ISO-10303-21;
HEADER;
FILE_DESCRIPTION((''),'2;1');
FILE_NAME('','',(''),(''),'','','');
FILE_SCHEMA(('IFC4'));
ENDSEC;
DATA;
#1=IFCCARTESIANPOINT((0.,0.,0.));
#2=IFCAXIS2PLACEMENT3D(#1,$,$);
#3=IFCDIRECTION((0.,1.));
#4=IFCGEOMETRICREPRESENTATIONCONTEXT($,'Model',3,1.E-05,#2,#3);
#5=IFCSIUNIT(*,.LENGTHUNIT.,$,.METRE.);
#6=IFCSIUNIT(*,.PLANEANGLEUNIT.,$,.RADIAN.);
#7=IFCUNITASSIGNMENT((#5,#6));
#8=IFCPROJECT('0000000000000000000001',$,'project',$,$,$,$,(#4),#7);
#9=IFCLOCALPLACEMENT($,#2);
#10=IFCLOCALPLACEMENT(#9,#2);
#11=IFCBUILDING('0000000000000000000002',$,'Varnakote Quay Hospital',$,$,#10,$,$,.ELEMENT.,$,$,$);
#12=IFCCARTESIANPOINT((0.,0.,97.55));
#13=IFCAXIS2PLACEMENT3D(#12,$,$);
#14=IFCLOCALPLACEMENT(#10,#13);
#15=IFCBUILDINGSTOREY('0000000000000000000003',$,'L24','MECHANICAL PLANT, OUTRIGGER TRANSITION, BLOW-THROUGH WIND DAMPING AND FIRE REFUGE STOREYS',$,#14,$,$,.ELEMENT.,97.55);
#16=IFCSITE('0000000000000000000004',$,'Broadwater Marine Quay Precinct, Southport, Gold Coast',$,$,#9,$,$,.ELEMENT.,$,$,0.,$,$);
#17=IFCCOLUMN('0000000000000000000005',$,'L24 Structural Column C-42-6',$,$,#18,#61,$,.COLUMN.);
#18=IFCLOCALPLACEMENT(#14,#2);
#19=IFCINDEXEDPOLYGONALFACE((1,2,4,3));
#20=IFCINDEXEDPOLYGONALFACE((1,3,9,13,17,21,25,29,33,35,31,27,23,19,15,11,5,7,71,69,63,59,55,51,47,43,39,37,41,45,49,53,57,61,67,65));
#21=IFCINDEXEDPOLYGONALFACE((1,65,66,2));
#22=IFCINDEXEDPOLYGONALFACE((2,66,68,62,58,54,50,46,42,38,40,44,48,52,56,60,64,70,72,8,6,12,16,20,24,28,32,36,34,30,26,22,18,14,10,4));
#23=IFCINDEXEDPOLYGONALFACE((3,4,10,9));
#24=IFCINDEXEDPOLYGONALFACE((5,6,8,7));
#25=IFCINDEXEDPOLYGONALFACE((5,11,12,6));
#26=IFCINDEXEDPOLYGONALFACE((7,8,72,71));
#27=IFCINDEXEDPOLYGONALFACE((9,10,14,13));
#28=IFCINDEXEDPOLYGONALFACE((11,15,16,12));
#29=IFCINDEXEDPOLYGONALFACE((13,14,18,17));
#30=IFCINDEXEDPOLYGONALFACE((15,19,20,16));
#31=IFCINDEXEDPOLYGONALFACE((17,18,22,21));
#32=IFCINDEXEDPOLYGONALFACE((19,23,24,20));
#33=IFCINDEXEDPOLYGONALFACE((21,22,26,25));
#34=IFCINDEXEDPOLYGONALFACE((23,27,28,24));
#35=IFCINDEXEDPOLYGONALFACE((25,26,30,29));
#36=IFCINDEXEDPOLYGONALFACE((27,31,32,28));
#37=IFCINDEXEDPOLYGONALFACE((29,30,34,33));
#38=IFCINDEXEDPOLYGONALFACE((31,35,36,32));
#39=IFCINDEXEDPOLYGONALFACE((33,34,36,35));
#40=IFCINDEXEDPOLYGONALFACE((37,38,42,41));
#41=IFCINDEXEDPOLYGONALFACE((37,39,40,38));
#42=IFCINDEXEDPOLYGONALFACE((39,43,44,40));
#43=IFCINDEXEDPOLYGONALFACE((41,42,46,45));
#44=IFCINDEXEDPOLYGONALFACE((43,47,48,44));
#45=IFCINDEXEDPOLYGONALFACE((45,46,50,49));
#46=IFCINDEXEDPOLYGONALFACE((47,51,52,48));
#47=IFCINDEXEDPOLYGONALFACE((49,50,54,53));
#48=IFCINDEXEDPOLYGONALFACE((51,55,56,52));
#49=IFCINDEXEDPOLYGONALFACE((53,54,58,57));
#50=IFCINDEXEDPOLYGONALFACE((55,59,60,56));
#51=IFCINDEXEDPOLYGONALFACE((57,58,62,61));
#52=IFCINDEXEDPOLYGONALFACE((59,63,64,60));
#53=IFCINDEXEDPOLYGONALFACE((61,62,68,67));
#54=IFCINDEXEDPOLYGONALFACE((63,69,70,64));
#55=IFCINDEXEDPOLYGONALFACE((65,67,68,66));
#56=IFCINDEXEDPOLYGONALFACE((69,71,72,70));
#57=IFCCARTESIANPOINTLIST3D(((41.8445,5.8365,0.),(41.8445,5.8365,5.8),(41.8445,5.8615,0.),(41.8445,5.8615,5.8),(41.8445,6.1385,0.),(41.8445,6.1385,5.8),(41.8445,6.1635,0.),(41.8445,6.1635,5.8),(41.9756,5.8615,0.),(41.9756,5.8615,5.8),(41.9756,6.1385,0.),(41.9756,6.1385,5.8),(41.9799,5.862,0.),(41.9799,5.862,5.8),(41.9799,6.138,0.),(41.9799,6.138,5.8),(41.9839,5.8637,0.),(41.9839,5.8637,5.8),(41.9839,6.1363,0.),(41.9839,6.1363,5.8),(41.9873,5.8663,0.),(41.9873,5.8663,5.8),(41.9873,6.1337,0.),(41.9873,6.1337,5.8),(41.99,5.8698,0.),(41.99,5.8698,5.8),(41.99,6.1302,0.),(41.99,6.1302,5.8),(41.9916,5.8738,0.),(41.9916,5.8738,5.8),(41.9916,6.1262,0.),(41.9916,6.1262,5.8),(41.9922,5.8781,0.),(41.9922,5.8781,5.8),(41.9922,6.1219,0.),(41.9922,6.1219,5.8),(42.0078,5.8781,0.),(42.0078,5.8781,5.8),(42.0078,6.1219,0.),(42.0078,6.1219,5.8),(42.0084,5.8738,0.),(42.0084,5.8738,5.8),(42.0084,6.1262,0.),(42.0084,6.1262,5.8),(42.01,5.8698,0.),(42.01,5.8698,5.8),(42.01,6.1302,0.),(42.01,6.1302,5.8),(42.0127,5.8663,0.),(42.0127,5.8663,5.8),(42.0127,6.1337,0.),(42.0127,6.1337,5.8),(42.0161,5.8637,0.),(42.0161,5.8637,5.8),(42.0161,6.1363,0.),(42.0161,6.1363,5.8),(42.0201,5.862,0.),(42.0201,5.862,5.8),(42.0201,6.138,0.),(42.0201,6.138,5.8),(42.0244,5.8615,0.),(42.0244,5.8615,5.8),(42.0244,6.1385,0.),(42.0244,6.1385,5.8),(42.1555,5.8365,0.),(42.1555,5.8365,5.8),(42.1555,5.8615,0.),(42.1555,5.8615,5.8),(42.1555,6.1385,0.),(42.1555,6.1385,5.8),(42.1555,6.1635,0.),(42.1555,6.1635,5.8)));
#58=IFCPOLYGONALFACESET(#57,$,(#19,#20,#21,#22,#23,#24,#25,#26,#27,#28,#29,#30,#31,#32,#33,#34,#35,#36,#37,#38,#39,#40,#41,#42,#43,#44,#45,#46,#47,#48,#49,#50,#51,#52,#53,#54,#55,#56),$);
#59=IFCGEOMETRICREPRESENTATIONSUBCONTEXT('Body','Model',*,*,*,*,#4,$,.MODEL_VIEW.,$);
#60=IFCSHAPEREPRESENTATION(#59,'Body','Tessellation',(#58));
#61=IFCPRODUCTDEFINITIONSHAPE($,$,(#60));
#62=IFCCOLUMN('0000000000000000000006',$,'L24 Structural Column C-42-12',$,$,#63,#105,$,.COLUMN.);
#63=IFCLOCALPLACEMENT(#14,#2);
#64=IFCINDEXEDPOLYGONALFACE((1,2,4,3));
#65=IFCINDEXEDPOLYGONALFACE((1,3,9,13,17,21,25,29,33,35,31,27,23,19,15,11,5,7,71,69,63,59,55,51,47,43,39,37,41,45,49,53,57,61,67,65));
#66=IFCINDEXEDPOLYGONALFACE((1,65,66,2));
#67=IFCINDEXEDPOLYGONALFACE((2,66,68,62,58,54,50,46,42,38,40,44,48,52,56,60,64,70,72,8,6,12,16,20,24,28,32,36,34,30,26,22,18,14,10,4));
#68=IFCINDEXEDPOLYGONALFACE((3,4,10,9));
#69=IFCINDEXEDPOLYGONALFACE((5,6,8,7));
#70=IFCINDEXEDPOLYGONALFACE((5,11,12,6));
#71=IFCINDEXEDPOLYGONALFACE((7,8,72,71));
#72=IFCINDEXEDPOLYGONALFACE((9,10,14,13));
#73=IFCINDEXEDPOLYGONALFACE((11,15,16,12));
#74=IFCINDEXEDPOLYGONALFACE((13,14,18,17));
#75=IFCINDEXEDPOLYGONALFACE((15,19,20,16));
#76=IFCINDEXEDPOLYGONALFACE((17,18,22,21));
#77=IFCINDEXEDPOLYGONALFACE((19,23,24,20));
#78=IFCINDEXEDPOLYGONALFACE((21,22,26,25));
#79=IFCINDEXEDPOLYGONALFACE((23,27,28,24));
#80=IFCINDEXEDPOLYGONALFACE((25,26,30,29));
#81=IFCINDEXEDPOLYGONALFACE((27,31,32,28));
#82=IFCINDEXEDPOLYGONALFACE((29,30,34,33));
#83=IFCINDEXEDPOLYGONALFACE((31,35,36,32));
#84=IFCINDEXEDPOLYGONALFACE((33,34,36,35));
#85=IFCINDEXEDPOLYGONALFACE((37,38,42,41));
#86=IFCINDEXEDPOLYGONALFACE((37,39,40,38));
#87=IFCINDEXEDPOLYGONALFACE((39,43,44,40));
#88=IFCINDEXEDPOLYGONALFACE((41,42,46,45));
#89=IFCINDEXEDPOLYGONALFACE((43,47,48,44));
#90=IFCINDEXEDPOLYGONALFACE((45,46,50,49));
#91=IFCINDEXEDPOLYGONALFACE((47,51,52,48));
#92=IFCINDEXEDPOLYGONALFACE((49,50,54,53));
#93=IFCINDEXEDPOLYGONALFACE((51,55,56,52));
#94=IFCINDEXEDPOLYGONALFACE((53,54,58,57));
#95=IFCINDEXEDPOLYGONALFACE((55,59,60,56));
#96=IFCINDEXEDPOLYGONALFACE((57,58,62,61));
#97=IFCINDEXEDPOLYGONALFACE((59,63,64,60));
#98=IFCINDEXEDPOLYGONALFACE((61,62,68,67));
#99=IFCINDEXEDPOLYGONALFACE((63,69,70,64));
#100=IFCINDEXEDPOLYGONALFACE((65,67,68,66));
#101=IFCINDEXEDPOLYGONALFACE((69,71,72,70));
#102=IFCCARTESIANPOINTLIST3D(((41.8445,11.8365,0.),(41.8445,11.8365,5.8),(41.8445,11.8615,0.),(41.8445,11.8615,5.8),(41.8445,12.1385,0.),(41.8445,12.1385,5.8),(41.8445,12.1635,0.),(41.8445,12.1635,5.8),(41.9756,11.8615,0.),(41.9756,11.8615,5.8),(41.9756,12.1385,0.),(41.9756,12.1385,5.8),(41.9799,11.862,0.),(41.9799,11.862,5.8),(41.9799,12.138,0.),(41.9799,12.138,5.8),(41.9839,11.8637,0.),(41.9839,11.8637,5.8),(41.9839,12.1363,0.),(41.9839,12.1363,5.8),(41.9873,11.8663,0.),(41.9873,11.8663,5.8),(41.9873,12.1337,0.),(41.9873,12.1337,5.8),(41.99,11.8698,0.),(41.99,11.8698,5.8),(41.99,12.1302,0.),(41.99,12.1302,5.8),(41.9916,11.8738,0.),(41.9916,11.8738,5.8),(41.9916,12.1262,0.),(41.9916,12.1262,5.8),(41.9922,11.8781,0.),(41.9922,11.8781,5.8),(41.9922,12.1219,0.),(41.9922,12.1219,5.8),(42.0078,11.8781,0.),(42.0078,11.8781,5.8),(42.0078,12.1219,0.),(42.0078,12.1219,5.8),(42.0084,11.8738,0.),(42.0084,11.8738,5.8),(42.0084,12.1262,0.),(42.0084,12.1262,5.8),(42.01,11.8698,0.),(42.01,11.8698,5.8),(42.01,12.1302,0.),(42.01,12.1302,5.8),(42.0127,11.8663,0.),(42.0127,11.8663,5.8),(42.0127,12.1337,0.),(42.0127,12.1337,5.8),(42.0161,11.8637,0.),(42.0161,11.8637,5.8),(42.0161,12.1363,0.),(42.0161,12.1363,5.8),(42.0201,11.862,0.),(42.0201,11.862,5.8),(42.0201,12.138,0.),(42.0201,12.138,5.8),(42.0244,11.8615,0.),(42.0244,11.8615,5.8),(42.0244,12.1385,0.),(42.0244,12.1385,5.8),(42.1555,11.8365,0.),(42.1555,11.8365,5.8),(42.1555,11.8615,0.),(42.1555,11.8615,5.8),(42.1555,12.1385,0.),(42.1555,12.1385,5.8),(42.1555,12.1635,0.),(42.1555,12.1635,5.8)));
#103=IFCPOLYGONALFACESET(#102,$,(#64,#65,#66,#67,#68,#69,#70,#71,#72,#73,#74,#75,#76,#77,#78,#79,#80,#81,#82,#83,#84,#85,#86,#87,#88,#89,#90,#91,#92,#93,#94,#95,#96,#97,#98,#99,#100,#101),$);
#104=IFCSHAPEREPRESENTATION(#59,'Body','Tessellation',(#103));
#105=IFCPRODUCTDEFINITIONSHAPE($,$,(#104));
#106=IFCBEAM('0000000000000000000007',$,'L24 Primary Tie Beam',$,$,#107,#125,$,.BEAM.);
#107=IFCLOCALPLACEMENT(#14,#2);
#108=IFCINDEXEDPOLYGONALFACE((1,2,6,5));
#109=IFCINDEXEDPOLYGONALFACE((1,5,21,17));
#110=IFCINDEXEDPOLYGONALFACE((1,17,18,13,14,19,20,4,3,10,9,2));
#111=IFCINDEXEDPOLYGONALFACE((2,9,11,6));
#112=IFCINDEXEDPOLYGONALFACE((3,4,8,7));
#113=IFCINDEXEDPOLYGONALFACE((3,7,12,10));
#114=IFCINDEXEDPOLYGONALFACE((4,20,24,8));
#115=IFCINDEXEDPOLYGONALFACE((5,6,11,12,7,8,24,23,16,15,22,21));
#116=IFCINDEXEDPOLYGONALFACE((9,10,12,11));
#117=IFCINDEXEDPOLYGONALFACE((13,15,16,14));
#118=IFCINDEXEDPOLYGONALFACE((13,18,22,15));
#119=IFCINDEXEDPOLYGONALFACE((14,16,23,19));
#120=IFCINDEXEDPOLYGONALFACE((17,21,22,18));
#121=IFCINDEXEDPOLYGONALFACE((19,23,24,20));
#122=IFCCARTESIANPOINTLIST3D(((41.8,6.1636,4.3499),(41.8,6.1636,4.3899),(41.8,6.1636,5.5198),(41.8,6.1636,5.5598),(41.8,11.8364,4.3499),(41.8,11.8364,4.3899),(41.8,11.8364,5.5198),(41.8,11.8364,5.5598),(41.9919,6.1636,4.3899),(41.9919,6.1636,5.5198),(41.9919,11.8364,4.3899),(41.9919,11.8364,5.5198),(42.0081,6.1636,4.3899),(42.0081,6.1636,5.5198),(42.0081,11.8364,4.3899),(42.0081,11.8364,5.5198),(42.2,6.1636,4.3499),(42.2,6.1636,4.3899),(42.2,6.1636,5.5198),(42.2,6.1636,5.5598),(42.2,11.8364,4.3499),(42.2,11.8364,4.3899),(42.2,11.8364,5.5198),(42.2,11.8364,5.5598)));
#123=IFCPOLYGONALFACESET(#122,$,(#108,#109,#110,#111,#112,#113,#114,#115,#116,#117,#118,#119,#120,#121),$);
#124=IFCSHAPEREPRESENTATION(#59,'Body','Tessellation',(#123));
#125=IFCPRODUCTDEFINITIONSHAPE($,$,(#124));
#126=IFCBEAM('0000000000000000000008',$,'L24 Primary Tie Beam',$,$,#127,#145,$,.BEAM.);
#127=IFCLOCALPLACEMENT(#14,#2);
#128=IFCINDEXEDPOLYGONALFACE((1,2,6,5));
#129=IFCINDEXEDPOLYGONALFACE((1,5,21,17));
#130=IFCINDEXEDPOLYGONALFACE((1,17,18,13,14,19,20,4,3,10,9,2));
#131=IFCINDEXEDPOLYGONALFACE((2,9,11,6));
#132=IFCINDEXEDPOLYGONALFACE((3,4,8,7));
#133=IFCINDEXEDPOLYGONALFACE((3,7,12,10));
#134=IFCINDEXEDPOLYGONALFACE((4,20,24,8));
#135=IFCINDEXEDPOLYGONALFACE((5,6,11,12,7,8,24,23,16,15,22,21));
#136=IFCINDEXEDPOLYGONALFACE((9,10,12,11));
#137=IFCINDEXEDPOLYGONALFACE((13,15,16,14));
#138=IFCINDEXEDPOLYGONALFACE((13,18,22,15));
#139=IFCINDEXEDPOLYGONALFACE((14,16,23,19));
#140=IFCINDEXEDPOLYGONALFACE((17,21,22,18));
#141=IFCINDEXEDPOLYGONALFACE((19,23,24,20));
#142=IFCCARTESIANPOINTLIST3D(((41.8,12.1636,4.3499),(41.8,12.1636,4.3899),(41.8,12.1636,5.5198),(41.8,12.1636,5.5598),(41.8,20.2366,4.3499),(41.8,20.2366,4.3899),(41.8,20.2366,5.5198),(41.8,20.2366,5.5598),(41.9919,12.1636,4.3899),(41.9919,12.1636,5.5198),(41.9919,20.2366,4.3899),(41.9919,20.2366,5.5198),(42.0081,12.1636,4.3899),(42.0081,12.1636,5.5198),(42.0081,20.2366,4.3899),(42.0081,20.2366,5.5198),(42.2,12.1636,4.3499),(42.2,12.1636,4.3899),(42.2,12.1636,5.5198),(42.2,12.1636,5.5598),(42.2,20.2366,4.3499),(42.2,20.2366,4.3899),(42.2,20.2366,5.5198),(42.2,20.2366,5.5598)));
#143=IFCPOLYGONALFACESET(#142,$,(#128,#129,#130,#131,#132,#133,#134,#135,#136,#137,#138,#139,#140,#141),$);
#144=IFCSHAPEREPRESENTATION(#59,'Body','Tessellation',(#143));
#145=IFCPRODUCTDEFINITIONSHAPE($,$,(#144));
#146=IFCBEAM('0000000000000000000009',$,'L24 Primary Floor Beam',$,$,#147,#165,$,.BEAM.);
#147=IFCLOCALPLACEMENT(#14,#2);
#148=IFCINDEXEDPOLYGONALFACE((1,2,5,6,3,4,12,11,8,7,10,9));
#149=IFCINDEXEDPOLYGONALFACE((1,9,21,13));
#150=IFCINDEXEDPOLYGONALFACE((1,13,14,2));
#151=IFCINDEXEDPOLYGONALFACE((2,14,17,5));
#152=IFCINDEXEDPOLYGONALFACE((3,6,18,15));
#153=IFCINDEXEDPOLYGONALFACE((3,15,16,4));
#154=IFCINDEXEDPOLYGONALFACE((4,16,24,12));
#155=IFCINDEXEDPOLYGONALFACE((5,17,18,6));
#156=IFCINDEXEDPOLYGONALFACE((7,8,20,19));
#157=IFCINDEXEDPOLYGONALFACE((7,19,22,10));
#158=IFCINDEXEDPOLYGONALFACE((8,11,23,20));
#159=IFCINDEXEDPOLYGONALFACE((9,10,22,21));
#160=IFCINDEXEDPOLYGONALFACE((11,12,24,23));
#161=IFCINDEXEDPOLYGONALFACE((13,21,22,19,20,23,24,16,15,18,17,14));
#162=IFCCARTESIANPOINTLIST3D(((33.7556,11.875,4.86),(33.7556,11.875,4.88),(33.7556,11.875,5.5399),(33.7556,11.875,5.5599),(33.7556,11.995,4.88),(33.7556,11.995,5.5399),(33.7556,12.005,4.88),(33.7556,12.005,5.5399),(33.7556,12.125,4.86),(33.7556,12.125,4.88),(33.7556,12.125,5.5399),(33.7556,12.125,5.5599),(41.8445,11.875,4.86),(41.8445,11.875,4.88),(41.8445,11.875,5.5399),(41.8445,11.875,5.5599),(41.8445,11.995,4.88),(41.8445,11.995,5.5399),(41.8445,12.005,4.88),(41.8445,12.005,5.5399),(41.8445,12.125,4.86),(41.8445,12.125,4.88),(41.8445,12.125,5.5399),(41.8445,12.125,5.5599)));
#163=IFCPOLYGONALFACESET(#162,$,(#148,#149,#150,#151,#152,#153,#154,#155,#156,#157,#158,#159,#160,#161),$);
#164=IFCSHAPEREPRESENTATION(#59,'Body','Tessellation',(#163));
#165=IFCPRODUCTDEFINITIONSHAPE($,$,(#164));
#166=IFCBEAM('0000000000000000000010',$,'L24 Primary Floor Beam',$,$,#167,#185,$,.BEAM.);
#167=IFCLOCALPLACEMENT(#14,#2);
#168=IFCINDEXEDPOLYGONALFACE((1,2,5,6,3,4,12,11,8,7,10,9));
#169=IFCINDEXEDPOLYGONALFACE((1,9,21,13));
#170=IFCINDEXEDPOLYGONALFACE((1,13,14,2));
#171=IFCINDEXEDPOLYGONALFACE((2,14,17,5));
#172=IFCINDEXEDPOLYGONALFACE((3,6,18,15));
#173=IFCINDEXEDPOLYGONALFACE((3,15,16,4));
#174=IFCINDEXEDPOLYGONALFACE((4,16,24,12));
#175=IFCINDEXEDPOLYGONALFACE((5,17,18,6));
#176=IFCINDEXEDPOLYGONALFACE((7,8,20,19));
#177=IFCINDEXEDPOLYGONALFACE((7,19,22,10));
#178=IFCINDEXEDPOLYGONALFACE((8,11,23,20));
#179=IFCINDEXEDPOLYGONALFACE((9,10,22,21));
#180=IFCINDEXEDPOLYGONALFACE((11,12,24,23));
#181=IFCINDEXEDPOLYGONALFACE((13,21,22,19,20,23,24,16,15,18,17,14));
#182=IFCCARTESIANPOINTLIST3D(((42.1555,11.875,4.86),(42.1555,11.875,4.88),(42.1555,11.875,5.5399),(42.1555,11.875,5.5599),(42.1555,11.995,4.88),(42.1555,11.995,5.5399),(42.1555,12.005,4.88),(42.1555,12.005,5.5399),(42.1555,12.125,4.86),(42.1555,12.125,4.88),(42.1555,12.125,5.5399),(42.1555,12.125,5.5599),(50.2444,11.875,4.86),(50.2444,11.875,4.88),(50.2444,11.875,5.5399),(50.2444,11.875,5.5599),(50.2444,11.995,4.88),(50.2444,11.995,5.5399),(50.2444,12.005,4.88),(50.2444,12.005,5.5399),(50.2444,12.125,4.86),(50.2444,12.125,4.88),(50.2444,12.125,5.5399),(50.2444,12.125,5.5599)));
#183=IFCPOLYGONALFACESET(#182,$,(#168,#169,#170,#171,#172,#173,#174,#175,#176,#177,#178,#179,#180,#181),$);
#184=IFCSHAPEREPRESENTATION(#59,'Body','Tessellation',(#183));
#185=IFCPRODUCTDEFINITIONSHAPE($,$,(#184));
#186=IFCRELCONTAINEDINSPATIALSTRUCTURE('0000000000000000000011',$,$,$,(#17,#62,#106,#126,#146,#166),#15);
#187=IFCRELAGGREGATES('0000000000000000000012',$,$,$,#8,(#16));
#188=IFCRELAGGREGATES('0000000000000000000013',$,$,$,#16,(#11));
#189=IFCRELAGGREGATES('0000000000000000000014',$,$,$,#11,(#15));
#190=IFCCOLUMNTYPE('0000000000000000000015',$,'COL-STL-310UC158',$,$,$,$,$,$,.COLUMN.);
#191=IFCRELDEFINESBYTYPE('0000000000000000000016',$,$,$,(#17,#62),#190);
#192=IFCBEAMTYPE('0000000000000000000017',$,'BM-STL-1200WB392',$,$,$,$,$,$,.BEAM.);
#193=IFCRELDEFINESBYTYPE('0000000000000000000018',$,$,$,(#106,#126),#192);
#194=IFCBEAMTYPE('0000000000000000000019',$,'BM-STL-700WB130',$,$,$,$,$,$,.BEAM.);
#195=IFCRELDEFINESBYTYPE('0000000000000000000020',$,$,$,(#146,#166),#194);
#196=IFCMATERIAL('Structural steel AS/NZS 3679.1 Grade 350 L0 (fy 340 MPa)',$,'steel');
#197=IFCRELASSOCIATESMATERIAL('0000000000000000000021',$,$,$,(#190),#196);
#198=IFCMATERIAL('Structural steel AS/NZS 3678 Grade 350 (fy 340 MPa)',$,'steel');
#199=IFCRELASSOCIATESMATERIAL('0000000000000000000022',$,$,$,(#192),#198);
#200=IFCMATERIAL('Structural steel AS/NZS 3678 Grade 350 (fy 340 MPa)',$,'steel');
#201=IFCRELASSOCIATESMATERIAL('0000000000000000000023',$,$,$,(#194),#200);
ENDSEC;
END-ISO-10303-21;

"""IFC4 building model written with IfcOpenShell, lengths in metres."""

from ifc_helpers import new_model, si_unit, direction, frame, origin, origin_2d, place, context, subcontext, project, spatial, i_section, extrude, material, material_profile, profile_set, type_object, element, save


model = new_model("IFC4")

# Units and contexts
model_context = context("Model", 3, precision=1e-05, world=origin(), true_north=direction((0.0, 1.0)))
body_context = subcontext(model_context, "Body", "Model", "MODEL_VIEW")
ifc_project = project(units=[si_unit("LENGTHUNIT", "METRE"), si_unit("PLANEANGLEUNIT", "RADIAN")], contexts=[model_context])

# Site, building, storey
site_placement = place(None, origin())
site = spatial("IfcSite", under=ifc_project, at=site_placement, Name="Broadwater Marine Quay Precinct, Southport, Gold Coast", CompositionType="ELEMENT", RefElevation=0.0)
building_placement = place(site_placement, origin())
building = spatial("IfcBuilding", under=site, at=building_placement, Name="Varnakote Quay Hospital", CompositionType="ELEMENT")
storey_placement = place(building_placement, frame((0.0, 0.0, 97.55)))
storey = spatial("IfcBuildingStorey", under=building, at=storey_placement, Name="L24", Description="MECHANICAL PLANT, OUTRIGGER TRANSITION, BLOW-THROUGH WIND DAMPING AND FIRE REFUGE STOREYS", CompositionType="ELEMENT", Elevation=97.55)

# Columns
ifc_material_1 = material(Name="Structural steel AS/NZS 3679.1 Grade 350 L0 (fy 340 MPa)", Category="steel")
ifc_material_profile_1 = material_profile(ifc_material_1, i_section(OverallWidth=0.311, OverallDepth=0.3269, WebThickness=0.0156, FlangeThickness=0.0249, FilletRadius=0.0166, at=origin_2d()), Name="310UC158")
ifc_profile_set_1 = profile_set([ifc_material_profile_1], Name="Structural steel AS/NZS 3679.1 Grade 350 L0 (fy 340 MPa)")
column_type = type_object("IfcColumnType", Name="COL-STL-310UC158", PredefinedType="COLUMN", material=ifc_profile_set_1)
for number, where, z_axis, x_axis, name in (
    (1, (42.0, 6.0, 0.0), (0.0, 0.0, 1.0), (1.0, 0.0, 0.0), "L24 Structural Column C-42-6"),
    (2, (42.0, 12.0, 0.0), (0.0, 0.0, 1.0), (1.0, 0.0, 0.0), "L24 Structural Column C-42-12"),
):
    element("IfcColumn", number, at=place(storey_placement, frame(where, z_axis=z_axis, x_axis=x_axis)), inside=storey, type_object=column_type, Name=name, PredefinedType="COLUMN", context=body_context, shape_type="SweptSolid", body=[
        extrude(i_section(OverallWidth=0.311, OverallDepth=0.3269, WebThickness=0.0156, FlangeThickness=0.0249, FilletRadius=0.0166, at=origin_2d()), origin(), (0.0, 0.0, 1.0), 5.8),
    ])

# Beams
ifc_material_2 = material(Name="Structural steel AS/NZS 3678 Grade 350 (fy 340 MPa)", Category="steel")
ifc_material_profile_2 = material_profile(ifc_material_2, i_section(OverallWidth=0.3999, OverallDepth=1.21, WebThickness=0.0161, FlangeThickness=0.04, at=origin_2d()), Name="1200WB392")
ifc_profile_set_2 = profile_set([ifc_material_profile_2], Name="Structural steel AS/NZS 3678 Grade 350 (fy 340 MPa)")
beam_type_1 = type_object("IfcBeamType", Name="BM-STL-1200WB392", PredefinedType="BEAM", material=ifc_profile_set_2)
beam_1_placement = place(storey_placement, frame((42.0, 6.1636, 4.9548), z_axis=(0.0, 1.0, 0.0), x_axis=(-1.0, 0.0, 0.0)))
element("IfcBeam", 3, at=beam_1_placement, inside=storey, type_object=beam_type_1, Name="L24 Primary Tie Beam", PredefinedType="BEAM", context=body_context, shape_type="SweptSolid", body=[
    extrude(i_section(OverallWidth=0.3999, OverallDepth=1.21, WebThickness=0.0161, FlangeThickness=0.04, at=origin_2d()), origin(), (0.0, 0.0, 1.0), 5.6729),
])
beam_2_placement = place(storey_placement, frame((42.0, 12.1636, 4.9548), z_axis=(0.0, 1.0, 0.0), x_axis=(-1.0, 0.0, 0.0)))
element("IfcBeam", 4, at=beam_2_placement, inside=storey, type_object=beam_type_1, Name="L24 Primary Tie Beam", PredefinedType="BEAM", context=body_context, shape_type="SweptSolid", body=[
    extrude(i_section(OverallWidth=0.3999, OverallDepth=1.21, WebThickness=0.0161, FlangeThickness=0.04, at=origin_2d()), origin(), (0.0, 0.0, 1.0), 8.073),
])
ifc_material_3 = material(Name="Structural steel AS/NZS 3678 Grade 350 (fy 340 MPa)", Category="steel")
ifc_material_profile_3 = material_profile(ifc_material_3, i_section(OverallWidth=0.25, OverallDepth=0.7, WebThickness=0.01, FlangeThickness=0.02, at=origin_2d()), Name="700WB130")
ifc_profile_set_3 = profile_set([ifc_material_profile_3], Name="Structural steel AS/NZS 3678 Grade 350 (fy 340 MPa)")
beam_type_2 = type_object("IfcBeamType", Name="BM-STL-700WB130", PredefinedType="BEAM", material=ifc_profile_set_3)
for number, where, z_axis, x_axis, name in (
    (5, (33.7556, 12.0, 5.21), (1.0, 0.0, 0.0), (0.0, 1.0, 0.0), "L24 Primary Floor Beam"),
    (6, (42.1555, 12.0, 5.21), (1.0, 0.0, 0.0), (0.0, 1.0, 0.0), "L24 Primary Floor Beam"),
):
    element("IfcBeam", number, at=place(storey_placement, frame(where, z_axis=z_axis, x_axis=x_axis)), inside=storey, type_object=beam_type_2, Name=name, PredefinedType="BEAM", context=body_context, shape_type="SweptSolid", body=[
        extrude(i_section(OverallWidth=0.25, OverallDepth=0.7, WebThickness=0.01, FlangeThickness=0.02, at=origin_2d()), origin(), (0.0, 0.0, 1.0), 8.0889),
    ])

save(model, "model.ifc")
